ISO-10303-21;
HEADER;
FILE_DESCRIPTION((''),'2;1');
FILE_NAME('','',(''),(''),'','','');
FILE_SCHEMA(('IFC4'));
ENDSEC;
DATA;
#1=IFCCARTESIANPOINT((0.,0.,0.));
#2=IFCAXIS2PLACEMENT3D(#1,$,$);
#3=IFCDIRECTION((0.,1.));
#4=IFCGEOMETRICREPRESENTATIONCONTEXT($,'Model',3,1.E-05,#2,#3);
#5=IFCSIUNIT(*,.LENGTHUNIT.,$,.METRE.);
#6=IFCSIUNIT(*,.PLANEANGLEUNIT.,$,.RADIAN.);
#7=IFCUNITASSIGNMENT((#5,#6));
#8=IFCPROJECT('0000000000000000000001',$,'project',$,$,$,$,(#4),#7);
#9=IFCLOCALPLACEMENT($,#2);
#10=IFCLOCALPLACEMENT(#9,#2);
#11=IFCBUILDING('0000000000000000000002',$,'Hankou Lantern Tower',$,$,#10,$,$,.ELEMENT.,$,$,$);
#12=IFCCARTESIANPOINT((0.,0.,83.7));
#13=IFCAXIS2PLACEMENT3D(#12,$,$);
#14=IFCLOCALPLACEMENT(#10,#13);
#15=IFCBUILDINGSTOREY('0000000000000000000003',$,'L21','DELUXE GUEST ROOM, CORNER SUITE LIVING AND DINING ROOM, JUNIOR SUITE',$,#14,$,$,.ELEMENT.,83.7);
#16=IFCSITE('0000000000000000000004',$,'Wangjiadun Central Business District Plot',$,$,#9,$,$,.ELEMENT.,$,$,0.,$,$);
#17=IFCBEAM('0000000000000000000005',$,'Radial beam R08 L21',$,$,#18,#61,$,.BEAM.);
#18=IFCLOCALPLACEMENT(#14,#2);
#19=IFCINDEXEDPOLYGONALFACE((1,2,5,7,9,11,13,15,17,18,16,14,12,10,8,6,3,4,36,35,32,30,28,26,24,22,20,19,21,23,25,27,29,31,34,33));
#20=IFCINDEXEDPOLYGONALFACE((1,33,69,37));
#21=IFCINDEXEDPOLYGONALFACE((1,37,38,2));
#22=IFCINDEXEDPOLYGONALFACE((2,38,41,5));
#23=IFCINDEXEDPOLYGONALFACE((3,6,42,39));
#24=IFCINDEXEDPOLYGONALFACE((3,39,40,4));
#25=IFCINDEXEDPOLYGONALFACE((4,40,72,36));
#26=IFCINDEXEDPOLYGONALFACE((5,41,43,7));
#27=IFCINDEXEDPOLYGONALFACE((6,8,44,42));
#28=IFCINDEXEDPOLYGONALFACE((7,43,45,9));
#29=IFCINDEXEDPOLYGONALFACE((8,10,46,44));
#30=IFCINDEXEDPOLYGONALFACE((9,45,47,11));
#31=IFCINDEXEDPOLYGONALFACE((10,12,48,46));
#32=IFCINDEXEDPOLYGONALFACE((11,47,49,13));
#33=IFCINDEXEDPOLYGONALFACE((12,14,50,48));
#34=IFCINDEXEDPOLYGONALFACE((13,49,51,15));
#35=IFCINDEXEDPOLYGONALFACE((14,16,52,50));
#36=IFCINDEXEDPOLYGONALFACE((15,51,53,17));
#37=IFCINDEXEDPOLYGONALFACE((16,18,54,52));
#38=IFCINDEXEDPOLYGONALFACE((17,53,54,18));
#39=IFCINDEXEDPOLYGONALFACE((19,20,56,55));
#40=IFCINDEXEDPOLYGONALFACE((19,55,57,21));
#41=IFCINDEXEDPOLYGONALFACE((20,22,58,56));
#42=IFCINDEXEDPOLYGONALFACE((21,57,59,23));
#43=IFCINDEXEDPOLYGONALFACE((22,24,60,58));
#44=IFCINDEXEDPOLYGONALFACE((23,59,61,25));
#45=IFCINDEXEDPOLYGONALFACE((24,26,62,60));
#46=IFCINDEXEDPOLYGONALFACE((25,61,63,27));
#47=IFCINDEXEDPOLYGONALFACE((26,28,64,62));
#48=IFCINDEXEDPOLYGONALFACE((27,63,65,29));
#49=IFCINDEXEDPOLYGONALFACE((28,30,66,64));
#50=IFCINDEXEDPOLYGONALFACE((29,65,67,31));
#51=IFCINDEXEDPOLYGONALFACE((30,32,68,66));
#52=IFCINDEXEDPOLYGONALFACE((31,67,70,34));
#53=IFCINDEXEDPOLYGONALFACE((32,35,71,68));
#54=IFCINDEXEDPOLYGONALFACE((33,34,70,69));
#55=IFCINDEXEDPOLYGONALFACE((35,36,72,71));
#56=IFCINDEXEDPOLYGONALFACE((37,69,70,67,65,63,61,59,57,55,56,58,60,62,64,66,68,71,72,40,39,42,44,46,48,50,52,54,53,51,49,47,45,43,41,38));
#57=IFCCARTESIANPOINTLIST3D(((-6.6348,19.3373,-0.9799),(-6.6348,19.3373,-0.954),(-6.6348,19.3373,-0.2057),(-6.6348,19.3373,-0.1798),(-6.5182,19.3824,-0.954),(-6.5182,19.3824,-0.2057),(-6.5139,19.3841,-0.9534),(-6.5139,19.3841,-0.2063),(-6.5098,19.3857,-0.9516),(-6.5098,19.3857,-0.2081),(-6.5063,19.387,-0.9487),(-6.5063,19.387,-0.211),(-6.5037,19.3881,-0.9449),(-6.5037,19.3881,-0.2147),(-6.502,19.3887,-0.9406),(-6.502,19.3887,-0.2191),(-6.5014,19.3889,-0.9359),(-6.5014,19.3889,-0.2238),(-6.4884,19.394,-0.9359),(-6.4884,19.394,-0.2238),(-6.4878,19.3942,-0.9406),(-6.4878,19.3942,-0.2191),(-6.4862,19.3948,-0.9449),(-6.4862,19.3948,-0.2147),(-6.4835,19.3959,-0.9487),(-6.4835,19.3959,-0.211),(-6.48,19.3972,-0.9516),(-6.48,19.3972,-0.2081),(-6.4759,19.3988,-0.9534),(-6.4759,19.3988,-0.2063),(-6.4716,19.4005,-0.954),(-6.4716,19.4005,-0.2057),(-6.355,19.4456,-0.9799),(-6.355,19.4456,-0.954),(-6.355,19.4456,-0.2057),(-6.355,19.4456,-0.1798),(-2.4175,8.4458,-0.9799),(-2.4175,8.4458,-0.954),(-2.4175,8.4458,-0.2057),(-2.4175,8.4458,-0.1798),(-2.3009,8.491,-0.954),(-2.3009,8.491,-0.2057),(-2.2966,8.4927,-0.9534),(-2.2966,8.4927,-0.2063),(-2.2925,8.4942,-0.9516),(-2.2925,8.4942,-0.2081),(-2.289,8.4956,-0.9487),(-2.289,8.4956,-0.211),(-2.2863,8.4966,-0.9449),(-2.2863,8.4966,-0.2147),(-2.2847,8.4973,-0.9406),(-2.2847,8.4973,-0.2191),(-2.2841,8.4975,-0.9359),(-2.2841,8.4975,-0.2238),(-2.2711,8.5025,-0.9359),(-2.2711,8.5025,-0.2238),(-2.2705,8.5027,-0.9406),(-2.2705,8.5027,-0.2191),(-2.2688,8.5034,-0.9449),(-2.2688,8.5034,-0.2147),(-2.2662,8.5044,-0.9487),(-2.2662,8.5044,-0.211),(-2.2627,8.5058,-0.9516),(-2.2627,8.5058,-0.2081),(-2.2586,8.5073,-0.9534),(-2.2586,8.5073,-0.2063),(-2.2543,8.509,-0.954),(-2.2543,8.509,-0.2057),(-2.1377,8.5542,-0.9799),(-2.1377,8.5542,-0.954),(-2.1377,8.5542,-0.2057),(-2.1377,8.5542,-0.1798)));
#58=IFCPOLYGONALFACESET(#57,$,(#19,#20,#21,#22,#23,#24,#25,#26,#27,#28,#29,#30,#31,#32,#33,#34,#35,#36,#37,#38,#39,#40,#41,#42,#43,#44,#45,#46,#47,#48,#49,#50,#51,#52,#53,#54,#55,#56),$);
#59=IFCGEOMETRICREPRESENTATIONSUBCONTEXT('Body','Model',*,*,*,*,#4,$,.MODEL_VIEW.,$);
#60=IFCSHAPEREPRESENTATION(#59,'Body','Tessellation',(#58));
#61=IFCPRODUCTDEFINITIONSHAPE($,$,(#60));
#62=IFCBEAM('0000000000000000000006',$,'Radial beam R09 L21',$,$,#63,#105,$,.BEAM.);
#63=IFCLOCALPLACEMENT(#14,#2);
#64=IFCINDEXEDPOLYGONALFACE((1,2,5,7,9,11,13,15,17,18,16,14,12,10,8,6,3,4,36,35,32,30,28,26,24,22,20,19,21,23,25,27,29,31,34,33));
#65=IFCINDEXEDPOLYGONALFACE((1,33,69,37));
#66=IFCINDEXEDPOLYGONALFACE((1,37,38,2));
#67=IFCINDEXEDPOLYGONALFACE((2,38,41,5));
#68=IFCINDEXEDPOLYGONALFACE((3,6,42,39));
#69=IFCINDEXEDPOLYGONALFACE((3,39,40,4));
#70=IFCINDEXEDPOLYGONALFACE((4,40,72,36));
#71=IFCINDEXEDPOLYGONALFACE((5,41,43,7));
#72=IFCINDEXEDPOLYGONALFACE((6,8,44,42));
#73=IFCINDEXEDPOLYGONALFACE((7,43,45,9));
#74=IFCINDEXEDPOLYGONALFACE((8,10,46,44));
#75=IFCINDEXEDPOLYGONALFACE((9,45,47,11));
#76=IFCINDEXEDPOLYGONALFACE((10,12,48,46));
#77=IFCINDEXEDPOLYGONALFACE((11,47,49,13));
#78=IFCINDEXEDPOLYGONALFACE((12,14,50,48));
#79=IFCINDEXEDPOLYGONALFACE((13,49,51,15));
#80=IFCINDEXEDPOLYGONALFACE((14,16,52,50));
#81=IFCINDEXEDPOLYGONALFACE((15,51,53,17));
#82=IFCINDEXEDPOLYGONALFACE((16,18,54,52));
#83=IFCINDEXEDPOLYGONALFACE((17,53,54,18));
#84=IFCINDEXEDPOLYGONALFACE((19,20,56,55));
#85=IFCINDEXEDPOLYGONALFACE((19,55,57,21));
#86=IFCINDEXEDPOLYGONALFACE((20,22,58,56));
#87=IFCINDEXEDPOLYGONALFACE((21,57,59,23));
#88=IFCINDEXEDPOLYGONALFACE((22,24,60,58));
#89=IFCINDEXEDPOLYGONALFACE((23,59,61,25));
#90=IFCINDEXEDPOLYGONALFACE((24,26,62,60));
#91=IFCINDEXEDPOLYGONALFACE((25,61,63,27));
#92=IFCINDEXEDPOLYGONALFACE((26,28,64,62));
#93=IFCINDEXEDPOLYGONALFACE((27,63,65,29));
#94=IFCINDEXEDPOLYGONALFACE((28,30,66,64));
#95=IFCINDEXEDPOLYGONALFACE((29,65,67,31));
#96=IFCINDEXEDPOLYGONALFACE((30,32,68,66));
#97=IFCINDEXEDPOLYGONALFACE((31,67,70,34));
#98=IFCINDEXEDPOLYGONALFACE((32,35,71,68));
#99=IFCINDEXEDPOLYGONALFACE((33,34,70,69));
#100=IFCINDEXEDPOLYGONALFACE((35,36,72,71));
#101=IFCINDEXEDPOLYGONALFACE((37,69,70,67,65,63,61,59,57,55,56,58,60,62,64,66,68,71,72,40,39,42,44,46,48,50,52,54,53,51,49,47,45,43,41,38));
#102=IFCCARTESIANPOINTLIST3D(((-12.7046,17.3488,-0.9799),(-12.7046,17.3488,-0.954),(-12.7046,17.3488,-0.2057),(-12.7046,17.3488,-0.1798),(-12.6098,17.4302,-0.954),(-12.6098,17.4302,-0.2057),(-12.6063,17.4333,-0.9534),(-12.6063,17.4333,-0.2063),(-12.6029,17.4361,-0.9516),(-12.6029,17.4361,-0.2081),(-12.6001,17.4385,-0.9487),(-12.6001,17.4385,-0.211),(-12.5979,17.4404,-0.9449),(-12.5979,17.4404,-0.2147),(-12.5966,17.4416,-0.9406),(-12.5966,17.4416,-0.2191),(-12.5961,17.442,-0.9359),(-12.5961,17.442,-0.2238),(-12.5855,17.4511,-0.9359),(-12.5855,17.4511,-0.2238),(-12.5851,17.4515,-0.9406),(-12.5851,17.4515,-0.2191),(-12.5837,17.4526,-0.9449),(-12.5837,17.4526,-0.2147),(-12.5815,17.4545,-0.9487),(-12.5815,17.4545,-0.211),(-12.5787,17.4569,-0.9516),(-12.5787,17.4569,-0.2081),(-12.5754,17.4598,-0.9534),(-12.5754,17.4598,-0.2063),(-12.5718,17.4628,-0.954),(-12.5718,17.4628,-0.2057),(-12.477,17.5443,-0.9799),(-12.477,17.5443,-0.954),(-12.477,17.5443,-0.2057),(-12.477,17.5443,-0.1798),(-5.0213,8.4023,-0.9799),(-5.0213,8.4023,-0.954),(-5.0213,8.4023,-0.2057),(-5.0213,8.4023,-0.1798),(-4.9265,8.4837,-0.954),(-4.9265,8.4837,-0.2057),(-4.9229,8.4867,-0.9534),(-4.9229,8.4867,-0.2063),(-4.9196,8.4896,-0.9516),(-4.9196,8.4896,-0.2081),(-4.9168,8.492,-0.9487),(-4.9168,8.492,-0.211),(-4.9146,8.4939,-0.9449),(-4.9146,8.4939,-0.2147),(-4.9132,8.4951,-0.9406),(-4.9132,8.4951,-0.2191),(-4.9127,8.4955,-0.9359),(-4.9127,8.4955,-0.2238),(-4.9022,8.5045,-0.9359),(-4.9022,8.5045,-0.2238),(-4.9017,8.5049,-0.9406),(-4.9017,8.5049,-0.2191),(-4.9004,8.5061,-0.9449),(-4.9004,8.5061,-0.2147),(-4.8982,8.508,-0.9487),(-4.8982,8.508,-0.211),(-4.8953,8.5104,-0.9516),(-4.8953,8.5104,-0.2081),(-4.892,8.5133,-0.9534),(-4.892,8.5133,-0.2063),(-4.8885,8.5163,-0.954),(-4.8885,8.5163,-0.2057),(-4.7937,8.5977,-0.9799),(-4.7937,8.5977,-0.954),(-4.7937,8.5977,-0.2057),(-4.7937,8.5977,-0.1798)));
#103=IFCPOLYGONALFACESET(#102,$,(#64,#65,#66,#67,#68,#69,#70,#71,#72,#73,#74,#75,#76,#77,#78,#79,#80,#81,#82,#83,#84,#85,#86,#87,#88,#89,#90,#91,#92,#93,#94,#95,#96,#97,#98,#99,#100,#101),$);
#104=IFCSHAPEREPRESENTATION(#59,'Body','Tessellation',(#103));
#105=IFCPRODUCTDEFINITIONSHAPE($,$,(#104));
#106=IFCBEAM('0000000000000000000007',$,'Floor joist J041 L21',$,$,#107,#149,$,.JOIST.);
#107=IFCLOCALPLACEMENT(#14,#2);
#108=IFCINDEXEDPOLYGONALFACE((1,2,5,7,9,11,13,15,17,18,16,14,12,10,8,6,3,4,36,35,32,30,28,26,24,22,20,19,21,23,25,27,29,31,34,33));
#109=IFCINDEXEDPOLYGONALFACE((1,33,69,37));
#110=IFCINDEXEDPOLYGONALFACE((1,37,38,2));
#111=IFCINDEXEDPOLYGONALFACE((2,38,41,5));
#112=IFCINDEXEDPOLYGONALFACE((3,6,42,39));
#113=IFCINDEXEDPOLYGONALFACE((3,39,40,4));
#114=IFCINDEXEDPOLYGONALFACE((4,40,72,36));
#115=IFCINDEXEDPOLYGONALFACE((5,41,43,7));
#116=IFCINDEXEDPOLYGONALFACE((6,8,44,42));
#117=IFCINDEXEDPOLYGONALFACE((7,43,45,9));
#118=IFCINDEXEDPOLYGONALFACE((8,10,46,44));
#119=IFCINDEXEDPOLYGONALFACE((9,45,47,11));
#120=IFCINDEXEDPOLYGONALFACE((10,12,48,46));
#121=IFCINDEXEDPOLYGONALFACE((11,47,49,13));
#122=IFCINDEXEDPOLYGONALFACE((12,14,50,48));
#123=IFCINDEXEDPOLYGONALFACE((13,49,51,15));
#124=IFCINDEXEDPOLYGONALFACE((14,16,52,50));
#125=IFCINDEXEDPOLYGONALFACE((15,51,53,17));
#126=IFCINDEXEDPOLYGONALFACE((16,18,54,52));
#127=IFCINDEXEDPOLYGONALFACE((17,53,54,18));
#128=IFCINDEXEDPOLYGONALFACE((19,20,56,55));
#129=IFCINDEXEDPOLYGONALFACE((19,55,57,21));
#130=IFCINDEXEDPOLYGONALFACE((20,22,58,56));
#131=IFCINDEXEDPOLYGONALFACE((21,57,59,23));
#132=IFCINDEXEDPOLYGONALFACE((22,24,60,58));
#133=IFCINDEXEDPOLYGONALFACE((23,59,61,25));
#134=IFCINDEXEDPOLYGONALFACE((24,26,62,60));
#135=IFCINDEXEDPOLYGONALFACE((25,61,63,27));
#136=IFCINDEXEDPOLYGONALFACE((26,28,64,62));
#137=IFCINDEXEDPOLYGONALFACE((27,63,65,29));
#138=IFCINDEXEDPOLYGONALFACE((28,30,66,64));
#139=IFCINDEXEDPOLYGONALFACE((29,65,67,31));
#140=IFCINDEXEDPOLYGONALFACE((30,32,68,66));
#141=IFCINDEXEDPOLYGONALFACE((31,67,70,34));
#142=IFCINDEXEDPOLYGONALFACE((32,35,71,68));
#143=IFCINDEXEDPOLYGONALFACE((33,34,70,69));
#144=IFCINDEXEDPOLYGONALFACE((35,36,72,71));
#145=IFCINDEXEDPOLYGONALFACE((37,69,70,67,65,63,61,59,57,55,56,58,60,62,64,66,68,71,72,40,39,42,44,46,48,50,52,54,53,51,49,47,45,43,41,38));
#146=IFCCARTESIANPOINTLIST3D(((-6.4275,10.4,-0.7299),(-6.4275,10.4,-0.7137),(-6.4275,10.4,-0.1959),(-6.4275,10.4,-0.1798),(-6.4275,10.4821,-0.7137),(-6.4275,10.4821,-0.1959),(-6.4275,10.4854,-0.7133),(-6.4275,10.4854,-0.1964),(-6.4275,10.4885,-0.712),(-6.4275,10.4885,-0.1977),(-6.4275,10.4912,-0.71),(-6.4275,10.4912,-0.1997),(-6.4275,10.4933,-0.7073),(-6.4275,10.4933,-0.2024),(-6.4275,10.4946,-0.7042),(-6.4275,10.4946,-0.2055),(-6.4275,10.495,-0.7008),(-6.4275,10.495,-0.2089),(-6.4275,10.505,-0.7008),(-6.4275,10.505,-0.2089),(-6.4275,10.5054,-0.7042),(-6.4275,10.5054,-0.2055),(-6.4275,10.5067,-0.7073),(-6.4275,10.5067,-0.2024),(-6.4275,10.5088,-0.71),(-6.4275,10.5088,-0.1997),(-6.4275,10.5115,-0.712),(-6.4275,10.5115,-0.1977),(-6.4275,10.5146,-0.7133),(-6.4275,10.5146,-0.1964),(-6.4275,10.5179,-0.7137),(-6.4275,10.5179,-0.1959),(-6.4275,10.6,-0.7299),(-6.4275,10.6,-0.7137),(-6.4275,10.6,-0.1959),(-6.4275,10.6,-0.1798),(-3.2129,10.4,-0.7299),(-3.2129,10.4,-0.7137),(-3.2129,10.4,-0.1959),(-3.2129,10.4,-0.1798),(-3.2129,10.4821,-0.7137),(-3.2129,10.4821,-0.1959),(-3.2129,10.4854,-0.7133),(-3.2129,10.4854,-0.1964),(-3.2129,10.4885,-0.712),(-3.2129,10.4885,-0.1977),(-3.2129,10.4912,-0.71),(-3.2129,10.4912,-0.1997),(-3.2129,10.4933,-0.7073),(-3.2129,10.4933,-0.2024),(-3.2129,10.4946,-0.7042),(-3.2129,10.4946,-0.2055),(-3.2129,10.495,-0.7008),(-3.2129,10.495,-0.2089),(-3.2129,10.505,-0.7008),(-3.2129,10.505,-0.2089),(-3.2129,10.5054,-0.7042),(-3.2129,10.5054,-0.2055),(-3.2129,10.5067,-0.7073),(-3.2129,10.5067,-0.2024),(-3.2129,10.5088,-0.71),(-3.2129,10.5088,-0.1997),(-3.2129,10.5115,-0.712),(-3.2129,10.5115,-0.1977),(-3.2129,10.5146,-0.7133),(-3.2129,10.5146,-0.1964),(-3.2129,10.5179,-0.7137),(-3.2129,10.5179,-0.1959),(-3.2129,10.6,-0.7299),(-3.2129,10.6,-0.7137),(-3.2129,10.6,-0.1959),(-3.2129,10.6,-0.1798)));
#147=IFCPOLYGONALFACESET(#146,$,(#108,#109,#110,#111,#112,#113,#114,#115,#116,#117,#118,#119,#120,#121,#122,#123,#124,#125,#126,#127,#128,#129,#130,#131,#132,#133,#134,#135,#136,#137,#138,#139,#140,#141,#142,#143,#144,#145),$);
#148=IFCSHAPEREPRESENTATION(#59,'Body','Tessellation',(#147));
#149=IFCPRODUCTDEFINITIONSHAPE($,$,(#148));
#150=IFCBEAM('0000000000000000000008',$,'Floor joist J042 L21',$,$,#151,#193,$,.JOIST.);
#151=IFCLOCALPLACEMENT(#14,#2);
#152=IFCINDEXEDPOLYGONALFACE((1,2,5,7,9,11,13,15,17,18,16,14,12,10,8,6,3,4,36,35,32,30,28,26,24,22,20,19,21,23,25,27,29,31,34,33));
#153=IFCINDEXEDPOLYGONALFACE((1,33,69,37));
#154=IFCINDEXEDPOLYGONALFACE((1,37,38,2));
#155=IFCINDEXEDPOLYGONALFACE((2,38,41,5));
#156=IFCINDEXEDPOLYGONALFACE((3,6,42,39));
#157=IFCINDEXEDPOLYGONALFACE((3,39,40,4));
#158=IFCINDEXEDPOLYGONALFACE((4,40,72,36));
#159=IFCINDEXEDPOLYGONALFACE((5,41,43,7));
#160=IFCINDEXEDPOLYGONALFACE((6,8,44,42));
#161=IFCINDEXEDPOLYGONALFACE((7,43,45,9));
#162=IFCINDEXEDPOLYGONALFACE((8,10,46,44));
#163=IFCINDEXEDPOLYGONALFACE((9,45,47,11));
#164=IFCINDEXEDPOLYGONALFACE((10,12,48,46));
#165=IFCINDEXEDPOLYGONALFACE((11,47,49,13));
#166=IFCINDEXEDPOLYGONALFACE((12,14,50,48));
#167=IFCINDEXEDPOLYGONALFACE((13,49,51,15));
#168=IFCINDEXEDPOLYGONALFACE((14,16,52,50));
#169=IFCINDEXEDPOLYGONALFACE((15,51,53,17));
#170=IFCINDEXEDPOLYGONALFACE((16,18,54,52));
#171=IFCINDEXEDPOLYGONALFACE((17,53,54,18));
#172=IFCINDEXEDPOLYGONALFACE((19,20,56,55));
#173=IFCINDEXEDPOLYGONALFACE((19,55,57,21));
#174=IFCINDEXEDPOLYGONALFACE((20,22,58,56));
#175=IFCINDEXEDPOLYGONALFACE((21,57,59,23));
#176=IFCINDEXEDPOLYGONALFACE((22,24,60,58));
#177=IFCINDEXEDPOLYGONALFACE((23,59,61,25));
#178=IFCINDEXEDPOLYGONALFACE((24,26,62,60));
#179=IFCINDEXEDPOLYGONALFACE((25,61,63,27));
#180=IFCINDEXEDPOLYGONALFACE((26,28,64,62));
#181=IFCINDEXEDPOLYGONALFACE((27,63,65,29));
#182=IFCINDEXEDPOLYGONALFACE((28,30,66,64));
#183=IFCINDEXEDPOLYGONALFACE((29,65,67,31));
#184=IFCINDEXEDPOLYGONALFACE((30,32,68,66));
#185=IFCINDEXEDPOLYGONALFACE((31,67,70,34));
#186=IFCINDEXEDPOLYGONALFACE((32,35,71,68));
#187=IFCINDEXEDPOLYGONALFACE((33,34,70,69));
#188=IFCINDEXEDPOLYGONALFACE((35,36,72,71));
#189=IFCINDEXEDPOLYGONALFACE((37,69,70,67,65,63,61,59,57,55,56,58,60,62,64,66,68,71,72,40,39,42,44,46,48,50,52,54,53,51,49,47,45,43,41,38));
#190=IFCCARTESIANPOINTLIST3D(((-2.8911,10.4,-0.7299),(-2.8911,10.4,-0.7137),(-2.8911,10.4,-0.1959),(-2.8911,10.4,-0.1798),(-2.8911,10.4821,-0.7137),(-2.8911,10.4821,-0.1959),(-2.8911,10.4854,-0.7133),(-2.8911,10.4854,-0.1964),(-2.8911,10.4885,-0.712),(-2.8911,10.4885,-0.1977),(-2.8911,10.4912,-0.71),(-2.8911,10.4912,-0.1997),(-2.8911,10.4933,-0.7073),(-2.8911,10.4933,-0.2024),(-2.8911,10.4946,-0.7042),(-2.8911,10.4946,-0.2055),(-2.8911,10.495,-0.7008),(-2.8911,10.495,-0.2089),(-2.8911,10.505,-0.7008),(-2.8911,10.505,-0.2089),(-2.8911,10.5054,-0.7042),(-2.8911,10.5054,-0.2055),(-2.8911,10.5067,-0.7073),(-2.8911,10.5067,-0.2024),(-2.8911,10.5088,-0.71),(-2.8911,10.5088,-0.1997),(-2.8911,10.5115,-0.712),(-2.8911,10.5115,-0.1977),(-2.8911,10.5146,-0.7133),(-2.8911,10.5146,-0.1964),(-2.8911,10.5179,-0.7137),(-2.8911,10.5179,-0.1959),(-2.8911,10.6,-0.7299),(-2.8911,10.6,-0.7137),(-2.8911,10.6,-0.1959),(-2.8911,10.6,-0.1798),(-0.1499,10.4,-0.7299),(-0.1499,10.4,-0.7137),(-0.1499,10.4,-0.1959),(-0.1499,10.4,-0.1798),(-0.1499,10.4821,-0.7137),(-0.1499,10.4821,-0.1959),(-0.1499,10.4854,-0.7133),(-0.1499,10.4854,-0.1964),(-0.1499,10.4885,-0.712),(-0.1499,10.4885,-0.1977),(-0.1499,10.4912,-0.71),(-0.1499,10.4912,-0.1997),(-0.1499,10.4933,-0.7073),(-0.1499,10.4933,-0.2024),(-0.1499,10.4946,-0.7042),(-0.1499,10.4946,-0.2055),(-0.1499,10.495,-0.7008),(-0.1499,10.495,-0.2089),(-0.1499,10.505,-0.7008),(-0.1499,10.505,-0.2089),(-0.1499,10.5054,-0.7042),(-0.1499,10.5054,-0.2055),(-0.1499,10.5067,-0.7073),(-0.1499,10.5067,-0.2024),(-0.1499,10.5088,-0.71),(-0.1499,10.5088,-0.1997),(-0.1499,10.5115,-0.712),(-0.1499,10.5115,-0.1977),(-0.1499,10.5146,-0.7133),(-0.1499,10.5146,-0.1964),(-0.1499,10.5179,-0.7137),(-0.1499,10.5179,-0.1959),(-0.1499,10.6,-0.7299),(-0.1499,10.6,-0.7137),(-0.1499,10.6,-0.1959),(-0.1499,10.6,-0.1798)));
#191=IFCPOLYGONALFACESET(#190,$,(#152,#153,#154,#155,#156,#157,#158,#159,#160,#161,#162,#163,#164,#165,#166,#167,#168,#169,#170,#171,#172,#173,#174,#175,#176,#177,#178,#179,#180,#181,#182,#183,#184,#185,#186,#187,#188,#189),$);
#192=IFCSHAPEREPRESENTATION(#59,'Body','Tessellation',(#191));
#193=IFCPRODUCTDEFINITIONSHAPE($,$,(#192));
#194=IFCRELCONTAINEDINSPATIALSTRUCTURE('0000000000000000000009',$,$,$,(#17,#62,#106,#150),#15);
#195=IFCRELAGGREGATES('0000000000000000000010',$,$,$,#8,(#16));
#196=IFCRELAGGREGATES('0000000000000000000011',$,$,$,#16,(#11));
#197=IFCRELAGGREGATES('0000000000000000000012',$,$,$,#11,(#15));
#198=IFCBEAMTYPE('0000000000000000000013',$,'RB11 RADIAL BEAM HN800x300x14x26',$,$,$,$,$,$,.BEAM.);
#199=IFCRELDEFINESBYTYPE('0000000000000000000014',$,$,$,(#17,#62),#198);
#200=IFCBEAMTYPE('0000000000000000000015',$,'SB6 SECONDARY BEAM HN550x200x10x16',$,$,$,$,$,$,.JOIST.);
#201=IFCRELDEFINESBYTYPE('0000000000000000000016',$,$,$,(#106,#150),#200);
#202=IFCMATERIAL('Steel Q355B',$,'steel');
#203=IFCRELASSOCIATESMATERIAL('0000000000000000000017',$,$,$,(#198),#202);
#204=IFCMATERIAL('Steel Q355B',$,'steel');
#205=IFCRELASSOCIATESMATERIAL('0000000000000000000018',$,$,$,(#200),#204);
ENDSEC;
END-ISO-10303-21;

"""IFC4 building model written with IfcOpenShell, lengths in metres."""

from ifc_helpers import new_model, si_unit, direction, frame, origin, origin_2d, place, context, subcontext, project, spatial, i_section, extrude, material, material_profile, profile_set, type_object, element, save


model = new_model("IFC4")

# Units and contexts
model_context = context("Model", 3, precision=1e-05, world=origin(), true_north=direction((0.0, 1.0)))
body_context = subcontext(model_context, "Body", "Model", "MODEL_VIEW")
ifc_project = project(units=[si_unit("LENGTHUNIT", "METRE"), si_unit("PLANEANGLEUNIT", "RADIAN")], contexts=[model_context])

# Site, building, storey
site_placement = place(None, origin())
site = spatial("IfcSite", under=ifc_project, at=site_placement, Name="Wangjiadun Central Business District Plot", CompositionType="ELEMENT", RefElevation=0.0)
building_placement = place(site_placement, origin())
building = spatial("IfcBuilding", under=site, at=building_placement, Name="Hankou Lantern Tower", CompositionType="ELEMENT")
storey_placement = place(building_placement, frame((0.0, 0.0, 83.7)))
storey = spatial("IfcBuildingStorey", under=building, at=storey_placement, Name="L21", Description="DELUXE GUEST ROOM, CORNER SUITE LIVING AND DINING ROOM, JUNIOR SUITE", CompositionType="ELEMENT", Elevation=83.7)

# Beams
ifc_material_1 = material(Name="Steel Q355B", Category="steel")
ifc_material_profile_1 = material_profile(ifc_material_1, i_section(OverallWidth=0.3, OverallDepth=0.8, WebThickness=0.0139, FlangeThickness=0.0259, FilletRadius=0.0181, at=origin_2d()), Name="HN800x300x14x26")
ifc_profile_set_1 = profile_set([ifc_material_profile_1], Name="Steel Q355B")
beam_type_1 = type_object("IfcBeamType", Name="RB11 RADIAL BEAM HN800x300x14x26", PredefinedType="BEAM", material=ifc_profile_set_1)
beam_1_placement = place(storey_placement, frame((-2.2776, 8.5, -0.5798), z_axis=(-0.361089, 0.932531, 0.0), x_axis=(-0.932531, -0.361089, 0.0)))
element("IfcBeam", 1, at=beam_1_placement, inside=storey, type_object=beam_type_1, Name="Radial beam R08 L21", PredefinedType="BEAM", context=body_context, shape_type="SweptSolid", body=[
    extrude(i_section(OverallWidth=0.3, OverallDepth=0.8, WebThickness=0.0139, FlangeThickness=0.0259, FilletRadius=0.0181, at=origin_2d()), origin(), (0.0, 0.0, 1.0), 11.6794),
])
beam_2_placement = place(storey_placement, frame((-4.9075, 8.5, -0.5798), z_axis=(-0.651519, 0.758632, 0.0), x_axis=(-0.758632, -0.651519, 0.0)))
element("IfcBeam", 2, at=beam_2_placement, inside=storey, type_object=beam_type_1, Name="Radial beam R09 L21", PredefinedType="BEAM", context=body_context, shape_type="SweptSolid", body=[
    extrude(i_section(OverallWidth=0.3, OverallDepth=0.8, WebThickness=0.0139, FlangeThickness=0.0259, FilletRadius=0.0181, at=origin_2d()), origin(), (0.0, 0.0, 1.0), 11.793),
])
ifc_material_2 = material(Name="Steel Q355B", Category="steel")
ifc_material_profile_2 = material_profile(ifc_material_2, i_section(OverallWidth=0.2, OverallDepth=0.55, WebThickness=0.01, FlangeThickness=0.0161, FilletRadius=0.0129, at=origin_2d()), Name="HN550x200x10x16")
ifc_profile_set_2 = profile_set([ifc_material_profile_2], Name="Steel Q355B")
beam_type_2 = type_object("IfcBeamType", Name="SB6 SECONDARY BEAM HN550x200x10x16", PredefinedType="JOIST", material=ifc_profile_set_2)
beam_3_placement = place(storey_placement, frame((-6.4275, 10.5, -0.4548), z_axis=(1.0, 0.0, 0.0), x_axis=(0.0, 1.0, 0.0)))
element("IfcBeam", 3, at=beam_3_placement, inside=storey, type_object=beam_type_2, Name="Floor joist J041 L21", PredefinedType="JOIST", context=body_context, shape_type="SweptSolid", body=[
    extrude(i_section(OverallWidth=0.2, OverallDepth=0.55, WebThickness=0.01, FlangeThickness=0.0161, FilletRadius=0.0129, at=origin_2d()), origin(), (0.0, 0.0, 1.0), 3.2146),
])
beam_4_placement = place(storey_placement, frame((-2.8911, 10.5, -0.4548), z_axis=(1.0, 0.0, 0.0), x_axis=(0.0, 1.0, 0.0)))
element("IfcBeam", 4, at=beam_4_placement, inside=storey, type_object=beam_type_2, Name="Floor joist J042 L21", PredefinedType="JOIST", context=body_context, shape_type="SweptSolid", body=[
    extrude(i_section(OverallWidth=0.2, OverallDepth=0.55, WebThickness=0.01, FlangeThickness=0.0161, FilletRadius=0.0129, at=origin_2d()), origin(), (0.0, 0.0, 1.0), 2.7412),
])

save(model, "model.ifc")
